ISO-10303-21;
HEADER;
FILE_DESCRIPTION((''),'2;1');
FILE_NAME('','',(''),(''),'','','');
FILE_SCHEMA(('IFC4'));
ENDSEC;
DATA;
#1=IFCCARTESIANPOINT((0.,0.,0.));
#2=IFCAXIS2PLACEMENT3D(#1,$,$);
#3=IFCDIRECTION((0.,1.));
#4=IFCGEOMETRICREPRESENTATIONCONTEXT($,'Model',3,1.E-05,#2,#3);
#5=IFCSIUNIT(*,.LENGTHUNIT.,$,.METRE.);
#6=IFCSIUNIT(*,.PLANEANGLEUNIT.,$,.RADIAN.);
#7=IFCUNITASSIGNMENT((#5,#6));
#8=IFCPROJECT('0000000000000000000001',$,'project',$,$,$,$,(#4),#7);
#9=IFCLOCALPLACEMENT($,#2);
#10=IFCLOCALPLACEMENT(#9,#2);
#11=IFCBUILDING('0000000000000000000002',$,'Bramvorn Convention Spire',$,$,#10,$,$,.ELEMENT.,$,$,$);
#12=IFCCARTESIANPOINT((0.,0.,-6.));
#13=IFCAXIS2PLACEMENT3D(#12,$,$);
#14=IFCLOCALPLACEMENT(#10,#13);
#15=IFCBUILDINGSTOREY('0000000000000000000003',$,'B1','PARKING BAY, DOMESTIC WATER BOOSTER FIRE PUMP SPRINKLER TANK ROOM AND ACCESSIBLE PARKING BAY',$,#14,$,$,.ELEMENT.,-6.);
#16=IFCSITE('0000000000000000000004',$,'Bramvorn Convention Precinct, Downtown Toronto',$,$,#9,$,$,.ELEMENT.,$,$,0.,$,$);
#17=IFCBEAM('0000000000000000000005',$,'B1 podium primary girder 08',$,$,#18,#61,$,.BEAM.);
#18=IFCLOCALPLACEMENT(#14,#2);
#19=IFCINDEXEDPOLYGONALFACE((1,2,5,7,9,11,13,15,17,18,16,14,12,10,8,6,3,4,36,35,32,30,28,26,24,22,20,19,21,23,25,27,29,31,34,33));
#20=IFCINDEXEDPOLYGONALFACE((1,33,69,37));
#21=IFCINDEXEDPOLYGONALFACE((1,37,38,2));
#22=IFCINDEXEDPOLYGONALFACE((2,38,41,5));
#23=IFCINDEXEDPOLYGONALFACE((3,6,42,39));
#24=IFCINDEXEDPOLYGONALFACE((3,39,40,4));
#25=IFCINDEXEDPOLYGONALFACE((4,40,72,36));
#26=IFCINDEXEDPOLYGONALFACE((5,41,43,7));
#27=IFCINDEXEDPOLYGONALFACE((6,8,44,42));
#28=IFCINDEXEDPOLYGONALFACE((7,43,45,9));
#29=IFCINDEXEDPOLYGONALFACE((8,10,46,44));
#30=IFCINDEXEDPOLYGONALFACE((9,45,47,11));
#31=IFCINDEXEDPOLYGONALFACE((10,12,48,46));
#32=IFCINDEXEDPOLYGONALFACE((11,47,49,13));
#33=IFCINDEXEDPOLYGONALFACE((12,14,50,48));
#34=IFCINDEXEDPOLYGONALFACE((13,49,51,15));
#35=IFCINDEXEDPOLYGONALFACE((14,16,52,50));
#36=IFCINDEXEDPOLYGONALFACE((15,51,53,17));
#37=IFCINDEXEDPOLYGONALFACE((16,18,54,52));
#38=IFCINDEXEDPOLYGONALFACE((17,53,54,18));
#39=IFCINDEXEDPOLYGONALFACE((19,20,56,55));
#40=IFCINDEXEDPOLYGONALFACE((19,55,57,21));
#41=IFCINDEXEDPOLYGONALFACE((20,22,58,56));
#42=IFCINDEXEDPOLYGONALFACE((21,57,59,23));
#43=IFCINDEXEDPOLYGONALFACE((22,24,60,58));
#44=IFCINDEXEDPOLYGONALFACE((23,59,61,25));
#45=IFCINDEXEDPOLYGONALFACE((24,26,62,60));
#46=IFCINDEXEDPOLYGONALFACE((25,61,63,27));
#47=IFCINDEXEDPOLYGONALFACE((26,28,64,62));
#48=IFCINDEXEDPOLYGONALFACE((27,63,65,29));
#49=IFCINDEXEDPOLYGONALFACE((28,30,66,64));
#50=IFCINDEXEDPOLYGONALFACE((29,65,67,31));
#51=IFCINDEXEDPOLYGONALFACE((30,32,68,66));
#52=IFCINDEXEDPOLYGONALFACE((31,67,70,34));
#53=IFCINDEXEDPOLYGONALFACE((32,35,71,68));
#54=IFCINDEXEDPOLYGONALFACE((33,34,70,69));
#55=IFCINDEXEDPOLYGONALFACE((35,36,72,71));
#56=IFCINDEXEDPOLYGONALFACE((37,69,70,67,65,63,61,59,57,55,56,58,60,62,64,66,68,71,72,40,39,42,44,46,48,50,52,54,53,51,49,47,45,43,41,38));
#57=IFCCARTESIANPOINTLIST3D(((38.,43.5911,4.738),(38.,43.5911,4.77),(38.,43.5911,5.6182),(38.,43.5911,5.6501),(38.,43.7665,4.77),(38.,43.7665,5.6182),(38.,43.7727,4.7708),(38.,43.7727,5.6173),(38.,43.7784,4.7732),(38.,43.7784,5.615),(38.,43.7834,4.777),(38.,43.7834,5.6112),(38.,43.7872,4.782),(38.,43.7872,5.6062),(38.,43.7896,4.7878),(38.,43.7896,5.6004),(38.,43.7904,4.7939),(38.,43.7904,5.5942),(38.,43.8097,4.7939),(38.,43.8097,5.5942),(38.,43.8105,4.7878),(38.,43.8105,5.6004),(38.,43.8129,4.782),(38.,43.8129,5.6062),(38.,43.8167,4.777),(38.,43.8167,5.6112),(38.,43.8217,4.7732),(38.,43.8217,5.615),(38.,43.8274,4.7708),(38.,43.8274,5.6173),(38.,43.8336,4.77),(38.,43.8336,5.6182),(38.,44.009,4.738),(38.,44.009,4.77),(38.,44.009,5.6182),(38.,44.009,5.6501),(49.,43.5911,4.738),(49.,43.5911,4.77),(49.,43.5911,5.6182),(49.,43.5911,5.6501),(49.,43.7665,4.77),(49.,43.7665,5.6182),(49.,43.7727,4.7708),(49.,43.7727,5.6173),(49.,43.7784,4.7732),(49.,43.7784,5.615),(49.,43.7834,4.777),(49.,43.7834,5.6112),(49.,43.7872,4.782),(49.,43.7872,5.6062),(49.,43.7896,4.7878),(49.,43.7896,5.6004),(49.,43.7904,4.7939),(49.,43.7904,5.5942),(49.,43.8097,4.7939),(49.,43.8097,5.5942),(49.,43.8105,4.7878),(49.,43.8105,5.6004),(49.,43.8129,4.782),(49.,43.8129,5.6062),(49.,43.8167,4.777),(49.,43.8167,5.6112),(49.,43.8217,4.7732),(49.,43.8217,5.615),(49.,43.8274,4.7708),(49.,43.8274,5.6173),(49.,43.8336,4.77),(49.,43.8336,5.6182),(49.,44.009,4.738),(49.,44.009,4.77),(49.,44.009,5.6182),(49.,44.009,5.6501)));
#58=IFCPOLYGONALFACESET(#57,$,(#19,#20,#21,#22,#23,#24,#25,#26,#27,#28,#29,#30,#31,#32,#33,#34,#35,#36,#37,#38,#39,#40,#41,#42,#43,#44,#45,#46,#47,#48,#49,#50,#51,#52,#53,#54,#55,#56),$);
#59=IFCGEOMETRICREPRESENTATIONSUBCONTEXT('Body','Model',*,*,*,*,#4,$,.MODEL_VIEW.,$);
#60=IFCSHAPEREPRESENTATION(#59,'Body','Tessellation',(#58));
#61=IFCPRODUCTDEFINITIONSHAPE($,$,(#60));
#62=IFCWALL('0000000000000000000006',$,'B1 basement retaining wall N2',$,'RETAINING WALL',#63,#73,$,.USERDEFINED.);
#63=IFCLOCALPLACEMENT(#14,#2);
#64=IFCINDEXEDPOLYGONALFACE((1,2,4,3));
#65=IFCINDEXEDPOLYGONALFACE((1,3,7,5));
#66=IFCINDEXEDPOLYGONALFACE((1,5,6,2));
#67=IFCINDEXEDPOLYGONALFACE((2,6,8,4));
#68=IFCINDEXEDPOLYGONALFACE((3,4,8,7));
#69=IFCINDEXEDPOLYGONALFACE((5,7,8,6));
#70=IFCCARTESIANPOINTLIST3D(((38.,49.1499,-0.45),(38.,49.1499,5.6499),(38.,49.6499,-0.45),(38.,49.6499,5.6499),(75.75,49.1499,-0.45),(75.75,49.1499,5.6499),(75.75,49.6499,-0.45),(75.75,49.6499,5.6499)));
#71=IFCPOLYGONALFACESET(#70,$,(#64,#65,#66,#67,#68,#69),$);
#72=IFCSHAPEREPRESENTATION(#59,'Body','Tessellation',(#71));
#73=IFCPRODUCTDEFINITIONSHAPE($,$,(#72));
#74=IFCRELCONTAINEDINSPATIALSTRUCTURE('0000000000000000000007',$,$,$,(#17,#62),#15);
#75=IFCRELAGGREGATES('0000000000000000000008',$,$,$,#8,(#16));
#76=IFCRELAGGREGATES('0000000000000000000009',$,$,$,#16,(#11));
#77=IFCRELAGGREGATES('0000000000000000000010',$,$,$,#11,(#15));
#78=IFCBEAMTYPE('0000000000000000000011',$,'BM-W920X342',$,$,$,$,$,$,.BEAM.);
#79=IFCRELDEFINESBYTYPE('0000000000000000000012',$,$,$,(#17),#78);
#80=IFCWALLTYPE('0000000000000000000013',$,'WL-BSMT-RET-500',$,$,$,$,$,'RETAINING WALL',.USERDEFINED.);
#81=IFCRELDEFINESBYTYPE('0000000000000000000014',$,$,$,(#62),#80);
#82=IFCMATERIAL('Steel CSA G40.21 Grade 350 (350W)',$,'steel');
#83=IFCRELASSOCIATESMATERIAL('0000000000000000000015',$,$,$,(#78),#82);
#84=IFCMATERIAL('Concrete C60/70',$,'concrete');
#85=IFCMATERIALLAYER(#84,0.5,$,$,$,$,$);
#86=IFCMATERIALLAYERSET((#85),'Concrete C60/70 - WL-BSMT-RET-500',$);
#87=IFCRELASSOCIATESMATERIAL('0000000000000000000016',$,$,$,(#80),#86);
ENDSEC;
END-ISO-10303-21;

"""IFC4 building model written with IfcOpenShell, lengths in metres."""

from ifc_helpers import new_model, si_unit, direction, frame, frame_2d, origin, origin_2d, place, context, subcontext, project, spatial, rectangle, i_section, extrude, material, layer, layer_set, material_profile, profile_set, type_object, element, save


model = new_model("IFC4")

# Units and contexts
model_context = context("Model", 3, precision=1e-05, world=origin(), true_north=direction((0.0, 1.0)))
body_context = subcontext(model_context, "Body", "Model", "MODEL_VIEW")
ifc_project = project(units=[si_unit("LENGTHUNIT", "METRE"), si_unit("PLANEANGLEUNIT", "RADIAN")], contexts=[model_context])

# Site, building, storey
site_placement = place(None, origin())
site = spatial("IfcSite", under=ifc_project, at=site_placement, Name="Bramvorn Convention Precinct, Downtown Toronto", CompositionType="ELEMENT", RefElevation=0.0)
building_placement = place(site_placement, origin())
building = spatial("IfcBuilding", under=site, at=building_placement, Name="Bramvorn Convention Spire", CompositionType="ELEMENT")
storey_placement = place(building_placement, frame((0.0, 0.0, -6.0)))
storey = spatial("IfcBuildingStorey", under=building, at=storey_placement, Name="B1", Description="PARKING BAY, DOMESTIC WATER BOOSTER FIRE PUMP SPRINKLER TANK ROOM AND ACCESSIBLE PARKING BAY", CompositionType="ELEMENT", Elevation=-6.0)

# Shared definitions
ifc_material_1 = material(Name="Concrete C60/70", Category="concrete")

# Shared definitions
ifc_material_2 = material(Name="Steel CSA G40.21 Grade 350 (350W)", Category="steel")

# Beam
ifc_material_profile_1 = material_profile(ifc_material_2, i_section(OverallWidth=0.418, OverallDepth=0.9121, WebThickness=0.0193, FlangeThickness=0.032, FilletRadius=0.0239, at=origin_2d()))
ifc_profile_set_1 = profile_set([ifc_material_profile_1], Name="Steel CSA G40.21 Grade 350 (350W) - W920X342")
beam_type_1 = type_object("IfcBeamType", Name="BM-W920X342", PredefinedType="BEAM", material=ifc_profile_set_1)
beam_1_placement = place(storey_placement, frame((38.0, 43.8, 5.1941), z_axis=(1.0, 0.0, 0.0), x_axis=(0.0, 1.0, 0.0)))
element("IfcBeam", 1, at=beam_1_placement, inside=storey, type_object=beam_type_1, Name="B1 podium primary girder 08", PredefinedType="BEAM", context=body_context, shape_type="SweptSolid", body=[
    extrude(i_section(OverallWidth=0.418, OverallDepth=0.9121, WebThickness=0.0193, FlangeThickness=0.032, FilletRadius=0.0239, at=origin_2d()), origin(), (0.0, 0.0, 1.0), 11.0),
])

# Wall
ifc_layer_1 = layer(ifc_material_1, 0.5)
ifc_layer_set_1 = layer_set([ifc_layer_1], Name="Concrete C60/70 - WL-BSMT-RET-500")
wall_type = type_object("IfcWallType", Name="WL-BSMT-RET-500", ElementType="RETAINING WALL", PredefinedType="USERDEFINED", material=ifc_layer_set_1)
wall_placement = place(storey_placement, frame((38.0, 49.3999, -0.45), z_axis=(0.0, 0.0, 1.0), x_axis=(1.0, 0.0, 0.0)))
element("IfcWall", 2, at=wall_placement, inside=storey, type_object=wall_type, Name="B1 basement retaining wall N2", ObjectType="RETAINING WALL", PredefinedType="USERDEFINED", context=body_context, shape_type="SweptSolid", body=[
    extrude(rectangle(XDim=37.75, YDim=0.5, at=frame_2d((18.875, 0.0))), origin(), (0.0, 0.0, 1.0), 6.0999),
])

save(model, "model.ifc")
